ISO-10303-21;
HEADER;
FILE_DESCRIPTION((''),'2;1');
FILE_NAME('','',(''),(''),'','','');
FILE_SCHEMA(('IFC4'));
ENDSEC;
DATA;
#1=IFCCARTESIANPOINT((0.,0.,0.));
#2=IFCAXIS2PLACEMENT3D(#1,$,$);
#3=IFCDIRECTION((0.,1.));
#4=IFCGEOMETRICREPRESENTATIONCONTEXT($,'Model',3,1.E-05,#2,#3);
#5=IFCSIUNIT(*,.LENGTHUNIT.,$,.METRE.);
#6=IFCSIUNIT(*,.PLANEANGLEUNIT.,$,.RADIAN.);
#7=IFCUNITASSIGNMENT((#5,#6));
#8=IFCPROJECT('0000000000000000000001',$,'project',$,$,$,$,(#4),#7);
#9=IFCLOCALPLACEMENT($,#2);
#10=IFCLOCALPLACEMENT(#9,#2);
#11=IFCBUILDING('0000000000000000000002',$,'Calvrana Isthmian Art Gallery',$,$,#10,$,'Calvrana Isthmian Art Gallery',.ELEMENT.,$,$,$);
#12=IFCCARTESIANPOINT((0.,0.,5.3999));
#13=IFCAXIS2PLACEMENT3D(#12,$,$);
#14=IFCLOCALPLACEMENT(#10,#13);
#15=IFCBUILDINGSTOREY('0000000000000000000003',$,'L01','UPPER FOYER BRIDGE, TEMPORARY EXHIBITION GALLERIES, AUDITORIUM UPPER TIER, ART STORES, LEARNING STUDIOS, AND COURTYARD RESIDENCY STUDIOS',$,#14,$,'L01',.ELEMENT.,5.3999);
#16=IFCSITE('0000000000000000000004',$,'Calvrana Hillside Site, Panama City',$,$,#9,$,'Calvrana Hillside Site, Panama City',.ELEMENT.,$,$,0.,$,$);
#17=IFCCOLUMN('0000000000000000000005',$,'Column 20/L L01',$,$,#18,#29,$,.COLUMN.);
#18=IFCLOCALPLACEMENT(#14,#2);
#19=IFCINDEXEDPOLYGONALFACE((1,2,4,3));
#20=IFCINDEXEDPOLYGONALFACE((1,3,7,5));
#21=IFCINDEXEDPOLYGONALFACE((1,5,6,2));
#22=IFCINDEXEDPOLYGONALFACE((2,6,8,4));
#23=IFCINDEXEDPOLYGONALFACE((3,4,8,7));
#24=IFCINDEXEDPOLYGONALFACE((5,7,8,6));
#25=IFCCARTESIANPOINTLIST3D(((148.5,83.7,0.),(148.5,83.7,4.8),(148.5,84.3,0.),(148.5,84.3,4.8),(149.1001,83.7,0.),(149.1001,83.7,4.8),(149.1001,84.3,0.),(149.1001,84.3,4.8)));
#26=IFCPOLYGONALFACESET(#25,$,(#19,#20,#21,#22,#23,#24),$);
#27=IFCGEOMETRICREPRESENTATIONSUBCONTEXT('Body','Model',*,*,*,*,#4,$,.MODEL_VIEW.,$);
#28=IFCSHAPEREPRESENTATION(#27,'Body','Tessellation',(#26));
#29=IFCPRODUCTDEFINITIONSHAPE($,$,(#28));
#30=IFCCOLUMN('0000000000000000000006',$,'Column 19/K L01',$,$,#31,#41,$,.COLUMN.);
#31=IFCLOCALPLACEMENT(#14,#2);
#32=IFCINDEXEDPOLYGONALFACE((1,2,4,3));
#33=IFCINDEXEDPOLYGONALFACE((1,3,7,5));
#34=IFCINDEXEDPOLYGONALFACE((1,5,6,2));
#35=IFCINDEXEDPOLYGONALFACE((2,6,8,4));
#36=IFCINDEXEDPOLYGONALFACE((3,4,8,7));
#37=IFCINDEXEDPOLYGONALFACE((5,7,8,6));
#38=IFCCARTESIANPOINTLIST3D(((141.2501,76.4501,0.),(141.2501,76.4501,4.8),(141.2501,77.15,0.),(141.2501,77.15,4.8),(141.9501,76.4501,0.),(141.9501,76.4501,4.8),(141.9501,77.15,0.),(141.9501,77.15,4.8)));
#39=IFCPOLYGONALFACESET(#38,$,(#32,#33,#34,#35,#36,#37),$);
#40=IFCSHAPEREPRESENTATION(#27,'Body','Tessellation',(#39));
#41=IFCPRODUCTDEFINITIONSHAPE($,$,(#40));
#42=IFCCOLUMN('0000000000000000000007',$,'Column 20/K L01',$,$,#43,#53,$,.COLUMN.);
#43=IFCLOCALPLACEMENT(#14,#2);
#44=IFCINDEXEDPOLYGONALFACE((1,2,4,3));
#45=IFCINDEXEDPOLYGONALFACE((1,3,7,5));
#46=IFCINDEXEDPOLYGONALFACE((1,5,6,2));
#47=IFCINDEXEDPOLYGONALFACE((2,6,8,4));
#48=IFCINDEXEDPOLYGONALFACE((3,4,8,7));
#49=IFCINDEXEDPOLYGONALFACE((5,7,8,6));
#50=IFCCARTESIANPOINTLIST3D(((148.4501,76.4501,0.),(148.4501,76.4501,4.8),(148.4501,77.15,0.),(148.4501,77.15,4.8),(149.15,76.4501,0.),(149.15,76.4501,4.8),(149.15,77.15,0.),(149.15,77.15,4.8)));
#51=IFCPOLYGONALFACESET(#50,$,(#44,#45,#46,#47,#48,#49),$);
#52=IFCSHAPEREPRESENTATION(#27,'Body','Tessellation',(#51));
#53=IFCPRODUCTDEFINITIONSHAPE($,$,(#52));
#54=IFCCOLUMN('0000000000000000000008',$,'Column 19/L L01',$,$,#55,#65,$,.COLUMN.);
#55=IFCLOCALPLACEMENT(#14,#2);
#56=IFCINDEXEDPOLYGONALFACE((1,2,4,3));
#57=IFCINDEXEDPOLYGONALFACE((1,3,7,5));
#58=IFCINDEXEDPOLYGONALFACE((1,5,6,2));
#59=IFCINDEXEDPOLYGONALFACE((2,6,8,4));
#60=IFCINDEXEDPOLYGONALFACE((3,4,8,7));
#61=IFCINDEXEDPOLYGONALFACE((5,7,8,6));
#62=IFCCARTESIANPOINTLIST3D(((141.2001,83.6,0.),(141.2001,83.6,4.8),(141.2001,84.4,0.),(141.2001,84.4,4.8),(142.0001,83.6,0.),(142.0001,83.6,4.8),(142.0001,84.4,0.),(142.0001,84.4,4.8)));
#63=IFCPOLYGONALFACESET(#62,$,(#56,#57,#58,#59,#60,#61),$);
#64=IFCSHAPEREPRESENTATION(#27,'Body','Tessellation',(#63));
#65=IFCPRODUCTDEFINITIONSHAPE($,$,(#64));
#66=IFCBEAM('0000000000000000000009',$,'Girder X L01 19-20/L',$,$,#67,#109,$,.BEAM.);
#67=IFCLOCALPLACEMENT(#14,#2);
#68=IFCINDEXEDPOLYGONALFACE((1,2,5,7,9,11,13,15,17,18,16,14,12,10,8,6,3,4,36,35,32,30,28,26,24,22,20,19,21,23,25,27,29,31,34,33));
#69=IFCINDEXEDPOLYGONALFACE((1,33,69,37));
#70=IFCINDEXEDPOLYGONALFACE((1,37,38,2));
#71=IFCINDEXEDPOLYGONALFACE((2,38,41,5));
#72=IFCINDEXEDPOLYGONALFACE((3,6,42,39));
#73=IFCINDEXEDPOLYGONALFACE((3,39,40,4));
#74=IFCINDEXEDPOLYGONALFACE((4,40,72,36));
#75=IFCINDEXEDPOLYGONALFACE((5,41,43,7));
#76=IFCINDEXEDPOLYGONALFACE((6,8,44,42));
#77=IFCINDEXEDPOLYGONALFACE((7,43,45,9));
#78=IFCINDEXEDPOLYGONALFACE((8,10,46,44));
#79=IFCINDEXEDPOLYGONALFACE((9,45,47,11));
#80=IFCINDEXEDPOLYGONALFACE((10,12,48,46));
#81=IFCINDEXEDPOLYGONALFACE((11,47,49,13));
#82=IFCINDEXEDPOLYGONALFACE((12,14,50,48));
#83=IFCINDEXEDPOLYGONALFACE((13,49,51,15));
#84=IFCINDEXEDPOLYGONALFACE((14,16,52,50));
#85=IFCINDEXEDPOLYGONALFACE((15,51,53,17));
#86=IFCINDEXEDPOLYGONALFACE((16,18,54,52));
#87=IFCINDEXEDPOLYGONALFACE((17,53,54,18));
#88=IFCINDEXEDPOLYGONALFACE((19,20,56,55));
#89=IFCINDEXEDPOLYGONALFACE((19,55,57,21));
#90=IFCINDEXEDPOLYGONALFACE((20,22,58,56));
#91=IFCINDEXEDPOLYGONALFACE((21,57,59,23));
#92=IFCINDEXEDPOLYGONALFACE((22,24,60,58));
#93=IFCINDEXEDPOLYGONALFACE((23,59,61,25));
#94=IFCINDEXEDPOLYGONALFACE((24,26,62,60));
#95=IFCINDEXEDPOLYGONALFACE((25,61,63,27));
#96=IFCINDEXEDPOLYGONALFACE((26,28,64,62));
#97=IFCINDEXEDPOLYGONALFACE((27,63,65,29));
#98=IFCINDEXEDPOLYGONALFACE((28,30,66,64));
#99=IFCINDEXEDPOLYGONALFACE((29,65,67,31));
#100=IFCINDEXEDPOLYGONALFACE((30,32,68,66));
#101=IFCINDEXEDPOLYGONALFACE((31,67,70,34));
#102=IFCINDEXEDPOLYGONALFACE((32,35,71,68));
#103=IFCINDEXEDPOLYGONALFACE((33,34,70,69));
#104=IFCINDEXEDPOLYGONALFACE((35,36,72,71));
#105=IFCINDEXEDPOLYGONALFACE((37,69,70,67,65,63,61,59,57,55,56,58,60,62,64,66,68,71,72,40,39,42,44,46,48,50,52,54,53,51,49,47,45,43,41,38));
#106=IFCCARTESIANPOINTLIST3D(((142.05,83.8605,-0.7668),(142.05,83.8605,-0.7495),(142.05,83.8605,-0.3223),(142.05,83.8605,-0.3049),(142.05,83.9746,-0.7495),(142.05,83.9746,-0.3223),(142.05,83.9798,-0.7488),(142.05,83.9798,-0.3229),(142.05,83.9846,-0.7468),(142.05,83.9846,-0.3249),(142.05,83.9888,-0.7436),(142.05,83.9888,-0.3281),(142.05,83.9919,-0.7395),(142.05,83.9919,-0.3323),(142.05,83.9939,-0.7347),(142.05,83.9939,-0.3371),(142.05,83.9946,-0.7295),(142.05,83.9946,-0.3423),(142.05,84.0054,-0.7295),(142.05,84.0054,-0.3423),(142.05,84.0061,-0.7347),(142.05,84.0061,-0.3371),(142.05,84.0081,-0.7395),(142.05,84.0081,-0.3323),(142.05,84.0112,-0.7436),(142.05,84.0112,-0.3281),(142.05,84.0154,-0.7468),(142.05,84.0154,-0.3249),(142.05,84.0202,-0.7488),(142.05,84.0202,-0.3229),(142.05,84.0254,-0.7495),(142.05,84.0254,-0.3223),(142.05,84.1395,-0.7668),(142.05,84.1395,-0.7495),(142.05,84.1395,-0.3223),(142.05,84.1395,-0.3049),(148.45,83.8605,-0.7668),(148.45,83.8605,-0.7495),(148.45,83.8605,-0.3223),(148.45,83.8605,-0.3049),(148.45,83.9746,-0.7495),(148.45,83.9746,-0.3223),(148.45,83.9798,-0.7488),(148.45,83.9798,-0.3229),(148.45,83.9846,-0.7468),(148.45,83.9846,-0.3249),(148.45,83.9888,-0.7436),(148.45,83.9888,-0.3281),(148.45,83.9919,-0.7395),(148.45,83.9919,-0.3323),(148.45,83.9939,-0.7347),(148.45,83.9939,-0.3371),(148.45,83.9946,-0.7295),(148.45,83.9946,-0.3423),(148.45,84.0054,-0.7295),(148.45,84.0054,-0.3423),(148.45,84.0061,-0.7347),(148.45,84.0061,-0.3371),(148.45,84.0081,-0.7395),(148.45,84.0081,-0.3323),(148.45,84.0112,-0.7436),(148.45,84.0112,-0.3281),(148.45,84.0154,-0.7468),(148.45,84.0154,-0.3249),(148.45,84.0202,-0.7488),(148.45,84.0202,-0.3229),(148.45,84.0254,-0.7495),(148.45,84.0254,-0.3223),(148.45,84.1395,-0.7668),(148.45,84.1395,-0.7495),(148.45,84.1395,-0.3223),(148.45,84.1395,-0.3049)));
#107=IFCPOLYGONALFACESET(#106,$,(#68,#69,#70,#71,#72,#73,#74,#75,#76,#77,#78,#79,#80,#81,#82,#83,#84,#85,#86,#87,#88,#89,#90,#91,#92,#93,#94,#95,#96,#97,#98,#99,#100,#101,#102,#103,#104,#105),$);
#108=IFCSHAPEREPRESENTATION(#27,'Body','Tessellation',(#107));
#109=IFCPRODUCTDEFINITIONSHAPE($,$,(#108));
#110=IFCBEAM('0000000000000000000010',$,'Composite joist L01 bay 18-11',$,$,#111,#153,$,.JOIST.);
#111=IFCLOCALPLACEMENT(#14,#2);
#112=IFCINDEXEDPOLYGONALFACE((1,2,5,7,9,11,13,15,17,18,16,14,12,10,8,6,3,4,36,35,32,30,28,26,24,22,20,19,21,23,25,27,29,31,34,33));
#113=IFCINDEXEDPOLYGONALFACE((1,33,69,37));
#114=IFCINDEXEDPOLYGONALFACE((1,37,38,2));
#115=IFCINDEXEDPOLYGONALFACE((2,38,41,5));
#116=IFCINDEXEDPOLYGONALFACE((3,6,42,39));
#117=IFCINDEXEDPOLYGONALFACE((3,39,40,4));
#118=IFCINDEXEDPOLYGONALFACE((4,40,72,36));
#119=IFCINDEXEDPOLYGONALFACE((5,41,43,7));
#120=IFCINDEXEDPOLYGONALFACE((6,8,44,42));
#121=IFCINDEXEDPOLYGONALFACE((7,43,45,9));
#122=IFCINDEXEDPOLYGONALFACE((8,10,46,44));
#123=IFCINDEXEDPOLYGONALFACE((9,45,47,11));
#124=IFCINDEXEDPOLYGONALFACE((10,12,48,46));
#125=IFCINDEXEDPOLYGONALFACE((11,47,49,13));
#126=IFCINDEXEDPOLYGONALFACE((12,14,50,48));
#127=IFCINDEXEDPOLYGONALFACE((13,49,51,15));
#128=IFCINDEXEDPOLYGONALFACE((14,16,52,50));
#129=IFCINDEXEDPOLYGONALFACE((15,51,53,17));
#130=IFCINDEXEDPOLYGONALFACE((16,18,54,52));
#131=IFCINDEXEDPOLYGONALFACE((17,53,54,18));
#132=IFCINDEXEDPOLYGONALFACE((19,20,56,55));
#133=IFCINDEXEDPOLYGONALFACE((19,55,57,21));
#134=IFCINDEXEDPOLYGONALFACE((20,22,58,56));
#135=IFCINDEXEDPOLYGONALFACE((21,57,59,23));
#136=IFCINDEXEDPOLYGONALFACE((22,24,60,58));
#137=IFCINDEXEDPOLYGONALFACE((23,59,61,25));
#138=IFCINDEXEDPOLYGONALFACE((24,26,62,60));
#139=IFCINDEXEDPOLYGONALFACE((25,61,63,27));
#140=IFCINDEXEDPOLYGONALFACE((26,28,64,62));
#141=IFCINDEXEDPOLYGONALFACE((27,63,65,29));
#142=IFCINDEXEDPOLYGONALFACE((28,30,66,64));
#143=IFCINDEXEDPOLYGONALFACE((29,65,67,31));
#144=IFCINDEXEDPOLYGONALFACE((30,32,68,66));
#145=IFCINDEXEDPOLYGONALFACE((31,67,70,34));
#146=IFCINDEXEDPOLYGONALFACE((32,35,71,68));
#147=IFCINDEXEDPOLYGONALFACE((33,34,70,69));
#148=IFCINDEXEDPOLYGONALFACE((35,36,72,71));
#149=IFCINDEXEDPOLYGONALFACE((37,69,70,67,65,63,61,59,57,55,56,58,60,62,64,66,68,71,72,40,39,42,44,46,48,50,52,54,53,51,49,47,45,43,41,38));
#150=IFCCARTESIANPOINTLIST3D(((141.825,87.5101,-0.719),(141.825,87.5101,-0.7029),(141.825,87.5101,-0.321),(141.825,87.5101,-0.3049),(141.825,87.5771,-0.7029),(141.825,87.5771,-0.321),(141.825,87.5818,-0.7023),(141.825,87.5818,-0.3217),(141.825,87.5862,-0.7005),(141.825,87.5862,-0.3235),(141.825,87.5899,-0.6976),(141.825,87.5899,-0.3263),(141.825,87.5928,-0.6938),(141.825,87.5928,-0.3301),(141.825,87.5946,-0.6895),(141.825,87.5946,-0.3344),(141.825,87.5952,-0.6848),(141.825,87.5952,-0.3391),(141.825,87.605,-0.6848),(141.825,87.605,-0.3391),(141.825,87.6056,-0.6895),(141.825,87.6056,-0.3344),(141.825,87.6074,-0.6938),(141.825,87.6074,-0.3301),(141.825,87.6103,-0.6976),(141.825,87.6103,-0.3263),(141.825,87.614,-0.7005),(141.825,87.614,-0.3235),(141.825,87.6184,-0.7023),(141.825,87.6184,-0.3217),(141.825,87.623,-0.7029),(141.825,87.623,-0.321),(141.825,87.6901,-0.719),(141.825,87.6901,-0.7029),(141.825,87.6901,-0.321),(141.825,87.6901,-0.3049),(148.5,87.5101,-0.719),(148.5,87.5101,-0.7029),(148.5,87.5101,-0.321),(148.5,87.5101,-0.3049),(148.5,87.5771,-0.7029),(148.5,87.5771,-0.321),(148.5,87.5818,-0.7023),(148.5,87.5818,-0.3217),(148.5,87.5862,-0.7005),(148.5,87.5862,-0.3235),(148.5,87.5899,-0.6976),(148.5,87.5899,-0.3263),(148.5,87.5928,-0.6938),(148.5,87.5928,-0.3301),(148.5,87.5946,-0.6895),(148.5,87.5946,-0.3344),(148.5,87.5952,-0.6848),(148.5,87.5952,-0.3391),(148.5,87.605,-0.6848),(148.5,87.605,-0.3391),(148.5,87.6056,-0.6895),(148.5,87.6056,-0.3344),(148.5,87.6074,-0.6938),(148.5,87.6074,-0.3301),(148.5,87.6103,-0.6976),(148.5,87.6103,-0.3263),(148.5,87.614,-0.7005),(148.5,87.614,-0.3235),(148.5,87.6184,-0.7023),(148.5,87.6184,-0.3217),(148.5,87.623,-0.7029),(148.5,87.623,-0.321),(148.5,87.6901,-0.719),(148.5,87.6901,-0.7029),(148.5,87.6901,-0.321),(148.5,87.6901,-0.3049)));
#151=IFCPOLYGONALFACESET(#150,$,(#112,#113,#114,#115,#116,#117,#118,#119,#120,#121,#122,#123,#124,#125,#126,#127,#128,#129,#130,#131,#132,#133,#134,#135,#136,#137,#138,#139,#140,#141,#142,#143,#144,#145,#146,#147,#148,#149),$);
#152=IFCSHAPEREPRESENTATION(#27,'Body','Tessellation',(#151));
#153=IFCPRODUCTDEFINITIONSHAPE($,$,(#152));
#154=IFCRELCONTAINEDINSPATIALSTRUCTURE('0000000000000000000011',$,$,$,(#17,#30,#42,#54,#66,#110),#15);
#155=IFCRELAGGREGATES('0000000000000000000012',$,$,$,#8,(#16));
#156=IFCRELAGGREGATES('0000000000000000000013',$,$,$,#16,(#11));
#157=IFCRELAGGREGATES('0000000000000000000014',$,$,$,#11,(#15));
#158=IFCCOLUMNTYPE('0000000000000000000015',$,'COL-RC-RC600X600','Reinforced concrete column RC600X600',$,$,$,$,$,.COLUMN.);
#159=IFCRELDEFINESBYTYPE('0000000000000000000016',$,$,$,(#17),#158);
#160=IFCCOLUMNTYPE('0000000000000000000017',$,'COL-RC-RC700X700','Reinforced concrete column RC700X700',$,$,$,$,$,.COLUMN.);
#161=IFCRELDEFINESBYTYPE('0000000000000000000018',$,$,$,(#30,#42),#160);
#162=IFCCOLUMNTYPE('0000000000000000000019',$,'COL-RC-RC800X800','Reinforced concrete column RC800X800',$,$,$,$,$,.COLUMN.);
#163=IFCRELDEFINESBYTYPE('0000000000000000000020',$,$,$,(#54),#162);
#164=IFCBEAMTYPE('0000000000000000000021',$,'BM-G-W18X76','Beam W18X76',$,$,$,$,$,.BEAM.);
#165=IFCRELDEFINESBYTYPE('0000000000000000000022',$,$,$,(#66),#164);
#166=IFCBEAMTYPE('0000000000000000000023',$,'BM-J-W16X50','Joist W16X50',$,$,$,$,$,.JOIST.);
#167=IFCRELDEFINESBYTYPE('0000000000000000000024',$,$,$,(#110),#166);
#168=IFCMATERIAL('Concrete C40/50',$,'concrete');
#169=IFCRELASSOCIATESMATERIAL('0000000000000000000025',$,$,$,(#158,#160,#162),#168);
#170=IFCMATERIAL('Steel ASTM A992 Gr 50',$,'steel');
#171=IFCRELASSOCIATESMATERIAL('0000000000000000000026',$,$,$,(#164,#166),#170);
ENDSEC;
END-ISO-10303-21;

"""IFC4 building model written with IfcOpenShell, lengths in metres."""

from ifc_helpers import new_model, si_unit, direction, frame, origin, origin_2d, place, context, subcontext, project, spatial, rectangle, i_section, extrude, material, material_profile, profile_set, type_object, element, save


model = new_model("IFC4")

# Units and contexts
model_context = context("Model", 3, precision=1e-05, world=origin(), true_north=direction((0.0, 1.0)))
body_context = subcontext(model_context, "Body", "Model", "MODEL_VIEW")
ifc_project = project(units=[si_unit("LENGTHUNIT", "METRE"), si_unit("PLANEANGLEUNIT", "RADIAN")], contexts=[model_context])

# Site, building, storey
site_placement = place(None, origin())
site = spatial("IfcSite", under=ifc_project, at=site_placement, Name="Calvrana Hillside Site, Panama City", LongName="Calvrana Hillside Site, Panama City", CompositionType="ELEMENT", RefElevation=0.0)
building_placement = place(site_placement, origin())
building = spatial("IfcBuilding", under=site, at=building_placement, Name="Calvrana Isthmian Art Gallery", LongName="Calvrana Isthmian Art Gallery", CompositionType="ELEMENT")
storey_placement = place(building_placement, frame((0.0, 0.0, 5.3999)))
storey = spatial("IfcBuildingStorey", under=building, at=storey_placement, Name="L01", Description="UPPER FOYER BRIDGE, TEMPORARY EXHIBITION GALLERIES, AUDITORIUM UPPER TIER, ART STORES, LEARNING STUDIOS, AND COURTYARD RESIDENCY STUDIOS", LongName="L01", CompositionType="ELEMENT", Elevation=5.3999)

# Columns
ifc_material_1 = material(Name="Concrete C40/50", Category="concrete")
ifc_material_profile_1 = material_profile(ifc_material_1, rectangle(XDim=0.6001, YDim=0.6001, at=origin_2d()), Name="RC600X600")
ifc_profile_set_1 = profile_set([ifc_material_profile_1], Name="Concrete C40/50")
column_type_1 = type_object("IfcColumnType", Name="COL-RC-RC600X600", Description="Reinforced concrete column RC600X600", PredefinedType="COLUMN", material=ifc_profile_set_1)
column_1_placement = place(storey_placement, frame((148.8, 84.0, 0.0), z_axis=(0.0, 0.0, 1.0), x_axis=(1.0, 0.0, 0.0)))
element("IfcColumn", 1, at=column_1_placement, inside=storey, type_object=column_type_1, Name="Column 20/L L01", PredefinedType="COLUMN", context=body_context, shape_type="SweptSolid", body=[
    extrude(rectangle(XDim=0.6001, YDim=0.6001, at=origin_2d()), origin(), (0.0, 0.0, 1.0), 4.8),
])
ifc_material_profile_2 = material_profile(ifc_material_1, rectangle(XDim=0.7, YDim=0.7, at=origin_2d()), Name="RC700X700")
ifc_profile_set_2 = profile_set([ifc_material_profile_2], Name="Concrete C40/50")
column_type_2 = type_object("IfcColumnType", Name="COL-RC-RC700X700", Description="Reinforced concrete column RC700X700", PredefinedType="COLUMN", material=ifc_profile_set_2)
for number, where, z_axis, x_axis, name in (
    (2, (141.6001, 76.8, 0.0), (0.0, 0.0, 1.0), (1.0, 0.0, 0.0), "Column 19/K L01"),
    (3, (148.8, 76.8, 0.0), (0.0, 0.0, 1.0), (1.0, 0.0, 0.0), "Column 20/K L01"),
):
    element("IfcColumn", number, at=place(storey_placement, frame(where, z_axis=z_axis, x_axis=x_axis)), inside=storey, type_object=column_type_2, Name=name, PredefinedType="COLUMN", context=body_context, shape_type="SweptSolid", body=[
        extrude(rectangle(XDim=0.7, YDim=0.7, at=origin_2d()), origin(), (0.0, 0.0, 1.0), 4.8),
    ])
ifc_material_profile_3 = material_profile(ifc_material_1, rectangle(XDim=0.8, YDim=0.8, at=origin_2d()), Name="RC800X800")
ifc_profile_set_3 = profile_set([ifc_material_profile_3], Name="Concrete C40/50")
column_type_3 = type_object("IfcColumnType", Name="COL-RC-RC800X800", Description="Reinforced concrete column RC800X800", PredefinedType="COLUMN", material=ifc_profile_set_3)
column_2_placement = place(storey_placement, frame((141.6001, 84.0, 0.0), z_axis=(0.0, 0.0, 1.0), x_axis=(1.0, 0.0, 0.0)))
element("IfcColumn", 4, at=column_2_placement, inside=storey, type_object=column_type_3, Name="Column 19/L L01", PredefinedType="COLUMN", context=body_context, shape_type="SweptSolid", body=[
    extrude(rectangle(XDim=0.8, YDim=0.8, at=origin_2d()), origin(), (0.0, 0.0, 1.0), 4.8),
])

# Beams
ifc_material_2 = material(Name="Steel ASTM A992 Gr 50", Category="steel")
ifc_material_profile_4 = material_profile(ifc_material_2, i_section(OverallWidth=0.2791, OverallDepth=0.4619, WebThickness=0.0107, FlangeThickness=0.0173, FilletRadius=0.02, at=origin_2d()), Name="W18X76")
ifc_profile_set_4 = profile_set([ifc_material_profile_4], Name="Steel ASTM A992 Gr 50")
beam_type_1 = type_object("IfcBeamType", Name="BM-G-W18X76", Description="Beam W18X76", PredefinedType="BEAM", material=ifc_profile_set_4)
beam_1_placement = place(storey_placement, frame((142.05, 84.0, -0.5359), z_axis=(1.0, 0.0, 0.0), x_axis=(0.0, 1.0, 0.0)))
element("IfcBeam", 5, at=beam_1_placement, inside=storey, type_object=beam_type_1, Name="Girder X L01 19-20/L", PredefinedType="BEAM", context=body_context, shape_type="SweptSolid", body=[
    extrude(i_section(OverallWidth=0.2791, OverallDepth=0.4619, WebThickness=0.0107, FlangeThickness=0.0173, FilletRadius=0.02, at=origin_2d()), origin(), (0.0, 0.0, 1.0), 6.3999),
])
ifc_material_profile_5 = material_profile(ifc_material_2, i_section(OverallWidth=0.1799, OverallDepth=0.4141, WebThickness=0.0098, FlangeThickness=0.0161, FilletRadius=0.0181, at=origin_2d()), Name="W16X50")
ifc_profile_set_5 = profile_set([ifc_material_profile_5], Name="Steel ASTM A992 Gr 50")
beam_type_2 = type_object("IfcBeamType", Name="BM-J-W16X50", Description="Joist W16X50", PredefinedType="JOIST", material=ifc_profile_set_5)
beam_2_placement = place(storey_placement, frame((141.825, 87.6001, -0.512), z_axis=(1.0, 0.0, 0.0), x_axis=(0.0, 1.0, 0.0)))
element("IfcBeam", 6, at=beam_2_placement, inside=storey, type_object=beam_type_2, Name="Composite joist L01 bay 18-11", PredefinedType="JOIST", context=body_context, shape_type="SweptSolid", body=[
    extrude(i_section(OverallWidth=0.1799, OverallDepth=0.4141, WebThickness=0.0098, FlangeThickness=0.0161, FilletRadius=0.0181, at=origin_2d()), origin(), (0.0, 0.0, 1.0), 6.675),
])

save(model, "model.ifc")
